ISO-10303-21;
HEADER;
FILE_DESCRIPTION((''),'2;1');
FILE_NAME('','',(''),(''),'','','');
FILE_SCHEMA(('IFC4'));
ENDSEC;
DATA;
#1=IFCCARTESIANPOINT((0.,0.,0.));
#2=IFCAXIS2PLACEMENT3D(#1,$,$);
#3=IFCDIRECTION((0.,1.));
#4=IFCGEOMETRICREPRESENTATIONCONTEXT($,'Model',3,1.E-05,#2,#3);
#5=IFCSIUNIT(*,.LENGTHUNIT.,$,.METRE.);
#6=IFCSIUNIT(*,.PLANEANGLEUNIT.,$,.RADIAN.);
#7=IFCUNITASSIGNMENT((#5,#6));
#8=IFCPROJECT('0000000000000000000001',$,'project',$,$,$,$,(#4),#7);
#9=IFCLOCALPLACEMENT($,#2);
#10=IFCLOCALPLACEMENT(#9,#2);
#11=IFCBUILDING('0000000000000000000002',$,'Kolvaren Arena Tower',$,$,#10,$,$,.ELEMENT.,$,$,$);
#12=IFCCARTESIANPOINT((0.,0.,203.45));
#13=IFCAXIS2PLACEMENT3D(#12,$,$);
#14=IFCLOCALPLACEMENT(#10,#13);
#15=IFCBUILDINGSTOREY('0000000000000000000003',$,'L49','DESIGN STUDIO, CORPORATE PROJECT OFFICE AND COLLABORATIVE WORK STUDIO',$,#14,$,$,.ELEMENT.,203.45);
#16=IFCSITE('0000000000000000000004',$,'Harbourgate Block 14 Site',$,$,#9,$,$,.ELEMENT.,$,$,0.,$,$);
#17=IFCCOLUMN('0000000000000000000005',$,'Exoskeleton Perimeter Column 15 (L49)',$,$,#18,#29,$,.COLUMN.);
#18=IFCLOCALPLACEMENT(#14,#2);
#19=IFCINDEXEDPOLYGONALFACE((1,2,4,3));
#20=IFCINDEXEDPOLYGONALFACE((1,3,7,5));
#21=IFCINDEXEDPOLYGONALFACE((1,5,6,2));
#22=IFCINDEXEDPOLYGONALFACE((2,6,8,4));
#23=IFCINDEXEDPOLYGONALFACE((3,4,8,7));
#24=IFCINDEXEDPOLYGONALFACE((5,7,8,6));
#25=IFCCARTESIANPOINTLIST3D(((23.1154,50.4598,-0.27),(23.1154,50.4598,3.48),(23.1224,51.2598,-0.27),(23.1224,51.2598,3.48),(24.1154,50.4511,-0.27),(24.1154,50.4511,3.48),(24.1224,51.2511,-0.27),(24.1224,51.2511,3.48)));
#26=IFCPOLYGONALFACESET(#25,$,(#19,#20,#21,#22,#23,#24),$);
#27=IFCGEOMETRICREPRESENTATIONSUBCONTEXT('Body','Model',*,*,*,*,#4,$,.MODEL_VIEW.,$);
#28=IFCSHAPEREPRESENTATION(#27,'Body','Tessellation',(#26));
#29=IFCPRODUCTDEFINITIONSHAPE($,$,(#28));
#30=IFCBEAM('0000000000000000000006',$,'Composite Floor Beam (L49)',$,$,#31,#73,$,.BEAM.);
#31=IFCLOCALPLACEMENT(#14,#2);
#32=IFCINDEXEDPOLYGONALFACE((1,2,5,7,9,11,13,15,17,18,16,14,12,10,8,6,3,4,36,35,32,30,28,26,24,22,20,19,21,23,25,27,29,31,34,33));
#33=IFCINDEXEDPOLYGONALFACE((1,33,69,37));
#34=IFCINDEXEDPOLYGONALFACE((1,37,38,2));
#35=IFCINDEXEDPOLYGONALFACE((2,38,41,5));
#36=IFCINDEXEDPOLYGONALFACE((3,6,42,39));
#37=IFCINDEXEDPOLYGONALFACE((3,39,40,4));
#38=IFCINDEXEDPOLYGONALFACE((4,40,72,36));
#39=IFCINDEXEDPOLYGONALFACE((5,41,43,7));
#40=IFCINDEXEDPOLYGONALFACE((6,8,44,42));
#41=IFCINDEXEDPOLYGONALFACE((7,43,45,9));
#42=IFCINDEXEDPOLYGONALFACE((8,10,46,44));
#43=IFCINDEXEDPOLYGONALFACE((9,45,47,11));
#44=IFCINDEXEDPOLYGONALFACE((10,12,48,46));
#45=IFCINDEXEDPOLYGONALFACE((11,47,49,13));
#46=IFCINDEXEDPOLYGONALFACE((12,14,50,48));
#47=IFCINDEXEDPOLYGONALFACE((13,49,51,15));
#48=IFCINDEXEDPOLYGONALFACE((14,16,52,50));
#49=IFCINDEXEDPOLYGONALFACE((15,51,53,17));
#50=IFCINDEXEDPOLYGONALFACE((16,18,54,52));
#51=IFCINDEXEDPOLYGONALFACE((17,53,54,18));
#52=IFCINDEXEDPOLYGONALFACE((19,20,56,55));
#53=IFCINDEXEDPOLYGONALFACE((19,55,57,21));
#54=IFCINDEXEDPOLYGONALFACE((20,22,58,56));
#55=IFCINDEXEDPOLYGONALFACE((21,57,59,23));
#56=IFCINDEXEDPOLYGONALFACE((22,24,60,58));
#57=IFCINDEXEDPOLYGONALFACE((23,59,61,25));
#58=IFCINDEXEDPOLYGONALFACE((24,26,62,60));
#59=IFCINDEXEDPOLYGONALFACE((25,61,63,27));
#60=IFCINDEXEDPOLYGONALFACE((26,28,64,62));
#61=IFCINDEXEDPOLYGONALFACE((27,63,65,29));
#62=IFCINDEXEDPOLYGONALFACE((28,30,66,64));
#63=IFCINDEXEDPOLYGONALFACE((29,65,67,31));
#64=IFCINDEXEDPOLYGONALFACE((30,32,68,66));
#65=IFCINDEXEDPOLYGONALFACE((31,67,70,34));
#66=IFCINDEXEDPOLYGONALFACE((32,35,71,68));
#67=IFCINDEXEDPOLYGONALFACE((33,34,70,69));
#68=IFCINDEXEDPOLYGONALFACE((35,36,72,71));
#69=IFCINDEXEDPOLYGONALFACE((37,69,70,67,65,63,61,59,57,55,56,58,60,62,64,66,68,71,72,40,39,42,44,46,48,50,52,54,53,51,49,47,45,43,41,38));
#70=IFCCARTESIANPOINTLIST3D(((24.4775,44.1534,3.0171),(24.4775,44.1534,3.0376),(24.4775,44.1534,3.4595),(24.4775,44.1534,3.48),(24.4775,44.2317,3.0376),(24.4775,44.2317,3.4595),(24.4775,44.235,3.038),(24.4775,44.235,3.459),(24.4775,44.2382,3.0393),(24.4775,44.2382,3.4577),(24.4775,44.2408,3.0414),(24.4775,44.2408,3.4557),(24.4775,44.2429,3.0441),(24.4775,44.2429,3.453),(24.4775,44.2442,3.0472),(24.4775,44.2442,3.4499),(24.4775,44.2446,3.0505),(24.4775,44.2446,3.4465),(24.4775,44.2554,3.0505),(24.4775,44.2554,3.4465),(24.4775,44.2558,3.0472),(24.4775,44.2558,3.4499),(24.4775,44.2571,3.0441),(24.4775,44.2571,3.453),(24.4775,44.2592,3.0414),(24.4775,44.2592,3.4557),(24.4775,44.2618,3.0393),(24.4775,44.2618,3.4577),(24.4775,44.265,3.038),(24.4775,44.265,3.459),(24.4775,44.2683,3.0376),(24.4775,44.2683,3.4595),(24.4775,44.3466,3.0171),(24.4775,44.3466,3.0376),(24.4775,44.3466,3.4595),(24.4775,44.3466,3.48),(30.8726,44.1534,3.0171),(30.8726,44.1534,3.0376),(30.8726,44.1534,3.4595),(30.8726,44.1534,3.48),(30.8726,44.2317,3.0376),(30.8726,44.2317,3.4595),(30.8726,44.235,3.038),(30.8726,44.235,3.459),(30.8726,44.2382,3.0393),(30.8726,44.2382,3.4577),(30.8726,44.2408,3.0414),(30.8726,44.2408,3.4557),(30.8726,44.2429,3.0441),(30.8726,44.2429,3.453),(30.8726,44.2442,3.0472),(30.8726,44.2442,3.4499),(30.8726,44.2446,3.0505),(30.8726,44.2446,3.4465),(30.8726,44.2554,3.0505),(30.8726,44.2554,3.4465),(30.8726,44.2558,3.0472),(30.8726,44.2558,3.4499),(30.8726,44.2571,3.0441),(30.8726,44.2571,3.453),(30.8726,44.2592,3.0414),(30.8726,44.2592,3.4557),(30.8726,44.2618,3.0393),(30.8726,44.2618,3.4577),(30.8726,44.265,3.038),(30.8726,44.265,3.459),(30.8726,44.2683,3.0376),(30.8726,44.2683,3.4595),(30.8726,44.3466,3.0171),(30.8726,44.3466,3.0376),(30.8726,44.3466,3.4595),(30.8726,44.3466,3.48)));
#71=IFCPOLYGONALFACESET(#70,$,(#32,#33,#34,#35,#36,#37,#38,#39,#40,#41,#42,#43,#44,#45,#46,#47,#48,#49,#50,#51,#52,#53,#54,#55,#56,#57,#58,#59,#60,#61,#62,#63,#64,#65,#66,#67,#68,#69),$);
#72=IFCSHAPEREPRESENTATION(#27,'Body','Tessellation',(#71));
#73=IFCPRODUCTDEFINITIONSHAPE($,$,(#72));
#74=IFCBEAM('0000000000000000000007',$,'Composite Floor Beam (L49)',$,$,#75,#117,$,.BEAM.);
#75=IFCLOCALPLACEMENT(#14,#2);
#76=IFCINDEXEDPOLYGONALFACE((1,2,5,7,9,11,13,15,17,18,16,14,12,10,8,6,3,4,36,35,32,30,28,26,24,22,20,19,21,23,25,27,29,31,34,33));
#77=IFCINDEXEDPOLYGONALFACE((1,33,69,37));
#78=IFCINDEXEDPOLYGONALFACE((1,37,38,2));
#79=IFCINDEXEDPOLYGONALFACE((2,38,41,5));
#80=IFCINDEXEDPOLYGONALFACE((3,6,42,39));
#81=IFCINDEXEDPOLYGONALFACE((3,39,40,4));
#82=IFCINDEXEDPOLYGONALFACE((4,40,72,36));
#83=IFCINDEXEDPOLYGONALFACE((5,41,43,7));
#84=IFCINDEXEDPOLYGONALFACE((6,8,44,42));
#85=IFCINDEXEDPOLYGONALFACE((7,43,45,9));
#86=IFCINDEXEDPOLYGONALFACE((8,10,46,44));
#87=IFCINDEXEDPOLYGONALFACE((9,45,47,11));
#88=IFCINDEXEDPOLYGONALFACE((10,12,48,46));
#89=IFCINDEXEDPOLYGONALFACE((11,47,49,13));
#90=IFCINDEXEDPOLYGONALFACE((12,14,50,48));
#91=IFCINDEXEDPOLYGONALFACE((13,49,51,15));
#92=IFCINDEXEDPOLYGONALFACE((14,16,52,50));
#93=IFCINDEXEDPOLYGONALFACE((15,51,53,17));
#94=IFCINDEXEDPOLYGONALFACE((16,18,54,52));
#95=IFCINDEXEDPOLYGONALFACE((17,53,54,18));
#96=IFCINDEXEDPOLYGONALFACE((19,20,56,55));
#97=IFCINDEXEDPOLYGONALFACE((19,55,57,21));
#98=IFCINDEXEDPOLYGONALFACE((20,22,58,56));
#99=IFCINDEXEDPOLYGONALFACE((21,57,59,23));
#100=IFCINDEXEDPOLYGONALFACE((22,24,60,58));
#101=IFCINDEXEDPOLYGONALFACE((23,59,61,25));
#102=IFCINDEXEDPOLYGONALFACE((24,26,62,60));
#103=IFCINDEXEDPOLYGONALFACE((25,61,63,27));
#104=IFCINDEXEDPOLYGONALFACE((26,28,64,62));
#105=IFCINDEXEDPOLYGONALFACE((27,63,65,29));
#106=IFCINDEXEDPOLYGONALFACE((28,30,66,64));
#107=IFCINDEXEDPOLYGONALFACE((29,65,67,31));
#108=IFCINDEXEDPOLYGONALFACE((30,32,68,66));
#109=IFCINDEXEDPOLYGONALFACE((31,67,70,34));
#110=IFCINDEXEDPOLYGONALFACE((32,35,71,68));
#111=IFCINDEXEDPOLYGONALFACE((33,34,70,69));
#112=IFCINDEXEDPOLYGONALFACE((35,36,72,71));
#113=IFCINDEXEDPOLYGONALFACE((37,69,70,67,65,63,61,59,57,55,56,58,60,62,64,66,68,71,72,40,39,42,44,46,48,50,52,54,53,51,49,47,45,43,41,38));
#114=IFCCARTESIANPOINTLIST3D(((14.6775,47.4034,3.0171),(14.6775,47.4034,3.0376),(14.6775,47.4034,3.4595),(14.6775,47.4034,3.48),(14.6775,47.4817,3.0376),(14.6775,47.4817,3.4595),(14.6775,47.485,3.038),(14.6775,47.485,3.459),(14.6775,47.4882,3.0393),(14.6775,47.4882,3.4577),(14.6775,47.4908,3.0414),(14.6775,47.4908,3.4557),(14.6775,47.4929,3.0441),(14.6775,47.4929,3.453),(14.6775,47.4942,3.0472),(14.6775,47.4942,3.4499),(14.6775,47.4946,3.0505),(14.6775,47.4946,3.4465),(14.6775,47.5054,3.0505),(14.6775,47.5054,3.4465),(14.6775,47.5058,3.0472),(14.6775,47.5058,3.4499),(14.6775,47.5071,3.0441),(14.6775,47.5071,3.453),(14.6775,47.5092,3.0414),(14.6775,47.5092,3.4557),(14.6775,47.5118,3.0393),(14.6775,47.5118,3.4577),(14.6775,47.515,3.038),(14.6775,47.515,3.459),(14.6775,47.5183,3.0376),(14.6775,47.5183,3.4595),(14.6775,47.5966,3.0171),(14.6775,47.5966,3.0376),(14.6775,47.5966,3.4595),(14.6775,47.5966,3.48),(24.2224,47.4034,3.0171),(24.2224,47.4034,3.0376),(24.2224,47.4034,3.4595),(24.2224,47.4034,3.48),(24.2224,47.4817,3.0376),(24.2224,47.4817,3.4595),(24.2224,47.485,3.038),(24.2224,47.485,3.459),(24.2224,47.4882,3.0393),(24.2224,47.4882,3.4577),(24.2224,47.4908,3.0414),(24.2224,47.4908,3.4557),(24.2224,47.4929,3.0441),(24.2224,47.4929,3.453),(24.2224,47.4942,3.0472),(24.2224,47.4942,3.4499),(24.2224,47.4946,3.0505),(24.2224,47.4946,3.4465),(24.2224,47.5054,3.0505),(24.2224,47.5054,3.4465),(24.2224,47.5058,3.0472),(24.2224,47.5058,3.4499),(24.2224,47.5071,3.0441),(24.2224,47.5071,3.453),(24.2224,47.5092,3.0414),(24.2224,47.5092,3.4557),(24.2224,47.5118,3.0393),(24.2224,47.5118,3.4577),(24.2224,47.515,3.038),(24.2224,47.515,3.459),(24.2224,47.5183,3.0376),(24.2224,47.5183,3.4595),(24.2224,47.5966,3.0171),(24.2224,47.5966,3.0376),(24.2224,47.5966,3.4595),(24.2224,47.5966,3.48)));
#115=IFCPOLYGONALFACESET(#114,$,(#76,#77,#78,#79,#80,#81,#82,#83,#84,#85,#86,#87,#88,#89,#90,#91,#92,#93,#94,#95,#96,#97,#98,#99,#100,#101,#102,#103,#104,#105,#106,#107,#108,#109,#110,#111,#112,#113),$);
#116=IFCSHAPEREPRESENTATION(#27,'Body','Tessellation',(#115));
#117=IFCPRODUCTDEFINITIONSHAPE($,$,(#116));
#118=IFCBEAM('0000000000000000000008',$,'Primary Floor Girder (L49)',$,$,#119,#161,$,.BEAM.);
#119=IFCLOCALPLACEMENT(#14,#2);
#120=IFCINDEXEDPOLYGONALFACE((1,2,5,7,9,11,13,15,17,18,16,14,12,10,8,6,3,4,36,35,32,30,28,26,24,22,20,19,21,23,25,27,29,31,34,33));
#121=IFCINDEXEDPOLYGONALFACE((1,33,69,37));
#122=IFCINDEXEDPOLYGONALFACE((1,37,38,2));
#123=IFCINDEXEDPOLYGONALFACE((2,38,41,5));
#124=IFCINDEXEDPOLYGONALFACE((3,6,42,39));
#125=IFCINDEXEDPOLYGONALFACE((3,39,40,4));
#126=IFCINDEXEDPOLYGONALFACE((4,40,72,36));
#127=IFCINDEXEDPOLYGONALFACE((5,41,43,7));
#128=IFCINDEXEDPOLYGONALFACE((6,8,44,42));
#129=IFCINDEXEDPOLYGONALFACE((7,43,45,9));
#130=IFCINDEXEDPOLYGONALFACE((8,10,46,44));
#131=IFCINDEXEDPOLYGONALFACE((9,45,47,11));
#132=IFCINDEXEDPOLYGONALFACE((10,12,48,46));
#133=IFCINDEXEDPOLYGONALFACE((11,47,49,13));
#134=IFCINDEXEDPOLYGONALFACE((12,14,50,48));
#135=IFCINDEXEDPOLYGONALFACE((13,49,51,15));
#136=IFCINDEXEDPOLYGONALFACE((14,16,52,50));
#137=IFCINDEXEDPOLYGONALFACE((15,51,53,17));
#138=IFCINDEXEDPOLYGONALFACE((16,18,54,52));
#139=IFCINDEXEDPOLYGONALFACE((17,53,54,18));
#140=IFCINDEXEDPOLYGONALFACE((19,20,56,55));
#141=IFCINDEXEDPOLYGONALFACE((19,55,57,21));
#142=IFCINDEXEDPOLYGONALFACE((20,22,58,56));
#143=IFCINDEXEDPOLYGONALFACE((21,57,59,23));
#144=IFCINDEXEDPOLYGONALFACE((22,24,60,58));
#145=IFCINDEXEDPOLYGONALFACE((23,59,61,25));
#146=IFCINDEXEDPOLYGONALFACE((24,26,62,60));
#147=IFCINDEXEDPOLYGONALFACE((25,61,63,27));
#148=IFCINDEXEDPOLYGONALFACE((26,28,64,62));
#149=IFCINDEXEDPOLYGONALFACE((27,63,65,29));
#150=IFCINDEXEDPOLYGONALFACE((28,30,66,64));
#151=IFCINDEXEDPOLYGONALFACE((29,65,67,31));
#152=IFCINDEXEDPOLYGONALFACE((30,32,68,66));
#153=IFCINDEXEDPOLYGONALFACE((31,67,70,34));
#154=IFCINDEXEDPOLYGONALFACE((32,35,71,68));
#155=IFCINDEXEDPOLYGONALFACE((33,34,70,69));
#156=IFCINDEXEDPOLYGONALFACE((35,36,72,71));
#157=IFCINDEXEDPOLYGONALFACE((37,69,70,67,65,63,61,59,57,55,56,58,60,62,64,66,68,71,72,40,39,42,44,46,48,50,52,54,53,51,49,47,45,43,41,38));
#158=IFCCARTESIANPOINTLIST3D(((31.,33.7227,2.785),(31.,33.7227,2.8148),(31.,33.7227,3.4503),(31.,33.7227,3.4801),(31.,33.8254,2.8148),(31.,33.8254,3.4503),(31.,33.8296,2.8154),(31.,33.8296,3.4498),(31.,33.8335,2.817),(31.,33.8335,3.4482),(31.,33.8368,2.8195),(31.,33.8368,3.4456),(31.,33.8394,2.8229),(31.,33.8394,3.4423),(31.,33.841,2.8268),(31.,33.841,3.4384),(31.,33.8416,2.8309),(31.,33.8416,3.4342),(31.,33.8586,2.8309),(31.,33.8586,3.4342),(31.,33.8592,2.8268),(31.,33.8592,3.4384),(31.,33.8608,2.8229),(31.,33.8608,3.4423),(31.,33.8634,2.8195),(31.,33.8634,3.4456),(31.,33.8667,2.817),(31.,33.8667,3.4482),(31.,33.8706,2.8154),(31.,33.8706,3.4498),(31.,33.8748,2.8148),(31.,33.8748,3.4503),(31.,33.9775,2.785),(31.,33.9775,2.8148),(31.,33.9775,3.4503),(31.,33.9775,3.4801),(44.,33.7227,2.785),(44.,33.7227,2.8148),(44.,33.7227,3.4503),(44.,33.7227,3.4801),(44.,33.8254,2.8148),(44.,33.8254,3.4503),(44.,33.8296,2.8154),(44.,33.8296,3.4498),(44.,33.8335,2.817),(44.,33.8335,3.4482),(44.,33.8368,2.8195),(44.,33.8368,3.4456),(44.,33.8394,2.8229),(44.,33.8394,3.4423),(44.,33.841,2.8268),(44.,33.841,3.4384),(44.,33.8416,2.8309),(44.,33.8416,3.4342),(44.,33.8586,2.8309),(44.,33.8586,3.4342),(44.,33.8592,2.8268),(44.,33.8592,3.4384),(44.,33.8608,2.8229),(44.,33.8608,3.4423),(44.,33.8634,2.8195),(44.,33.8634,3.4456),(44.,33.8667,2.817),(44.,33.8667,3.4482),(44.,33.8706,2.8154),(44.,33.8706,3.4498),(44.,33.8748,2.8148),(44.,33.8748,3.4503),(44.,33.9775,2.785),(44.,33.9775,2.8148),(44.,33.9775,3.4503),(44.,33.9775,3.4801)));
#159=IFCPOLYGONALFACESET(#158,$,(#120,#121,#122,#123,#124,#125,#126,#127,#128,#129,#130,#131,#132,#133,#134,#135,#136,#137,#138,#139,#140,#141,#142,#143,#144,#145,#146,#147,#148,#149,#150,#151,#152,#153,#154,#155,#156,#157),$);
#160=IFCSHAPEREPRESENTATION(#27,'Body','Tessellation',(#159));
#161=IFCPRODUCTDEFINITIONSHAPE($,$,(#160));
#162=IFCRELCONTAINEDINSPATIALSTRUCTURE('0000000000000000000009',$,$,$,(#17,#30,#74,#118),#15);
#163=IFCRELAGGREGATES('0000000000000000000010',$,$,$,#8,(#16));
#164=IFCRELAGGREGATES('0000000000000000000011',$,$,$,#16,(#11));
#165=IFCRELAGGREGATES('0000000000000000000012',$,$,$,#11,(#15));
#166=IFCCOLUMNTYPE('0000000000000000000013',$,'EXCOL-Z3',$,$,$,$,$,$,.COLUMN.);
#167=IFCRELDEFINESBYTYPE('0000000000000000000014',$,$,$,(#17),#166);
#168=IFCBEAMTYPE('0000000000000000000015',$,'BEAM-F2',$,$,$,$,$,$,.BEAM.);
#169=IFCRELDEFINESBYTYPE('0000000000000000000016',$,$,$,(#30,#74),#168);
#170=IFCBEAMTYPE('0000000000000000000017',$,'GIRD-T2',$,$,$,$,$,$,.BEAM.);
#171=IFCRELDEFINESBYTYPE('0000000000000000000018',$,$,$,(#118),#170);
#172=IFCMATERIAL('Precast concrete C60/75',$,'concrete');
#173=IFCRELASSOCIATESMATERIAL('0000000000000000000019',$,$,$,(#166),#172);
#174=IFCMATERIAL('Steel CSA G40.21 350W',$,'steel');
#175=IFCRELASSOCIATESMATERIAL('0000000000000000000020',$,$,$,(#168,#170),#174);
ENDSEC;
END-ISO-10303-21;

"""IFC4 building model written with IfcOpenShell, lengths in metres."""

from ifc_helpers import new_model, si_unit, direction, frame, origin, origin_2d, place, context, subcontext, project, spatial, rectangle, i_section, extrude, material, material_profile, profile_set, type_object, element, save


model = new_model("IFC4")

# Units and contexts
model_context = context("Model", 3, precision=1e-05, world=origin(), true_north=direction((0.0, 1.0)))
body_context = subcontext(model_context, "Body", "Model", "MODEL_VIEW")
ifc_project = project(units=[si_unit("LENGTHUNIT", "METRE"), si_unit("PLANEANGLEUNIT", "RADIAN")], contexts=[model_context])

# Site, building, storey
site_placement = place(None, origin())
site = spatial("IfcSite", under=ifc_project, at=site_placement, Name="Harbourgate Block 14 Site", CompositionType="ELEMENT", RefElevation=0.0)
building_placement = place(site_placement, origin())
building = spatial("IfcBuilding", under=site, at=building_placement, Name="Kolvaren Arena Tower", CompositionType="ELEMENT")
storey_placement = place(building_placement, frame((0.0, 0.0, 203.45)))
storey = spatial("IfcBuildingStorey", under=building, at=storey_placement, Name="L49", Description="DESIGN STUDIO, CORPORATE PROJECT OFFICE AND COLLABORATIVE WORK STUDIO", CompositionType="ELEMENT", Elevation=203.45)

# Column
ifc_material_1 = material(Name="Precast concrete C60/75", Category="concrete")
ifc_material_profile_1 = material_profile(ifc_material_1, rectangle(XDim=1.0, YDim=0.8, at=origin_2d()), Name="RC-1000x800")
ifc_profile_set_1 = profile_set([ifc_material_profile_1], Name="Precast concrete C60/75")
column_type = type_object("IfcColumnType", Name="EXCOL-Z3", PredefinedType="COLUMN", material=ifc_profile_set_1)
column_placement = place(storey_placement, frame((23.6189, 50.8555, -0.27), z_axis=(0.0, 0.0, 1.0), x_axis=(0.999962, -0.008727, 0.0)))
element("IfcColumn", 1, at=column_placement, inside=storey, type_object=column_type, Name="Exoskeleton Perimeter Column 15 (L49)", PredefinedType="COLUMN", context=body_context, shape_type="SweptSolid", body=[
    extrude(rectangle(XDim=1.0, YDim=0.8, at=origin_2d()), origin(), (0.0, 0.0, 1.0), 3.75),
])

# Beams
ifc_material_2 = material(Name="Steel CSA G40.21 350W", Category="steel")
ifc_material_profile_2 = material_profile(ifc_material_2, i_section(OverallWidth=0.1931, OverallDepth=0.4629, WebThickness=0.0107, FlangeThickness=0.0205, FilletRadius=0.0129, at=origin_2d()), Name="W460x113")
ifc_profile_set_2 = profile_set([ifc_material_profile_2], Name="Steel CSA G40.21 350W")
beam_type_1 = type_object("IfcBeamType", Name="BEAM-F2", PredefinedType="BEAM", material=ifc_profile_set_2)
beam_1_placement = place(storey_placement, frame((24.4775, 44.25, 3.2485), z_axis=(1.0, 0.0, 0.0), x_axis=(0.0, 1.0, 0.0)))
element("IfcBeam", 2, at=beam_1_placement, inside=storey, type_object=beam_type_1, Name="Composite Floor Beam (L49)", PredefinedType="BEAM", context=body_context, shape_type="SweptSolid", body=[
    extrude(i_section(OverallWidth=0.1931, OverallDepth=0.4629, WebThickness=0.0107, FlangeThickness=0.0205, FilletRadius=0.0129, at=origin_2d()), origin(), (0.0, 0.0, 1.0), 6.395),
])
beam_2_placement = place(storey_placement, frame((14.6775, 47.5, 3.2485), z_axis=(1.0, 0.0, 0.0), x_axis=(0.0, 1.0, 0.0)))
element("IfcBeam", 3, at=beam_2_placement, inside=storey, type_object=beam_type_1, Name="Composite Floor Beam (L49)", PredefinedType="BEAM", context=body_context, shape_type="SweptSolid", body=[
    extrude(i_section(OverallWidth=0.1931, OverallDepth=0.4629, WebThickness=0.0107, FlangeThickness=0.0205, FilletRadius=0.0129, at=origin_2d()), origin(), (0.0, 0.0, 1.0), 9.5449),
])
ifc_material_profile_3 = material_profile(ifc_material_2, i_section(OverallWidth=0.2549, OverallDepth=0.6951, WebThickness=0.0171, FlangeThickness=0.0298, FilletRadius=0.0161, at=origin_2d()), Name="W690x217")
ifc_profile_set_3 = profile_set([ifc_material_profile_3], Name="Steel CSA G40.21 350W")
beam_type_2 = type_object("IfcBeamType", Name="GIRD-T2", PredefinedType="BEAM", material=ifc_profile_set_3)
beam_3_placement = place(storey_placement, frame((31.0, 33.8501, 3.1326), z_axis=(1.0, 0.0, 0.0), x_axis=(0.0, 1.0, 0.0)))
element("IfcBeam", 4, at=beam_3_placement, inside=storey, type_object=beam_type_2, Name="Primary Floor Girder (L49)", PredefinedType="BEAM", context=body_context, shape_type="SweptSolid", body=[
    extrude(i_section(OverallWidth=0.2549, OverallDepth=0.6951, WebThickness=0.0171, FlangeThickness=0.0298, FilletRadius=0.0161, at=origin_2d()), origin(), (0.0, 0.0, 1.0), 13.0),
])

save(model, "model.ifc")
